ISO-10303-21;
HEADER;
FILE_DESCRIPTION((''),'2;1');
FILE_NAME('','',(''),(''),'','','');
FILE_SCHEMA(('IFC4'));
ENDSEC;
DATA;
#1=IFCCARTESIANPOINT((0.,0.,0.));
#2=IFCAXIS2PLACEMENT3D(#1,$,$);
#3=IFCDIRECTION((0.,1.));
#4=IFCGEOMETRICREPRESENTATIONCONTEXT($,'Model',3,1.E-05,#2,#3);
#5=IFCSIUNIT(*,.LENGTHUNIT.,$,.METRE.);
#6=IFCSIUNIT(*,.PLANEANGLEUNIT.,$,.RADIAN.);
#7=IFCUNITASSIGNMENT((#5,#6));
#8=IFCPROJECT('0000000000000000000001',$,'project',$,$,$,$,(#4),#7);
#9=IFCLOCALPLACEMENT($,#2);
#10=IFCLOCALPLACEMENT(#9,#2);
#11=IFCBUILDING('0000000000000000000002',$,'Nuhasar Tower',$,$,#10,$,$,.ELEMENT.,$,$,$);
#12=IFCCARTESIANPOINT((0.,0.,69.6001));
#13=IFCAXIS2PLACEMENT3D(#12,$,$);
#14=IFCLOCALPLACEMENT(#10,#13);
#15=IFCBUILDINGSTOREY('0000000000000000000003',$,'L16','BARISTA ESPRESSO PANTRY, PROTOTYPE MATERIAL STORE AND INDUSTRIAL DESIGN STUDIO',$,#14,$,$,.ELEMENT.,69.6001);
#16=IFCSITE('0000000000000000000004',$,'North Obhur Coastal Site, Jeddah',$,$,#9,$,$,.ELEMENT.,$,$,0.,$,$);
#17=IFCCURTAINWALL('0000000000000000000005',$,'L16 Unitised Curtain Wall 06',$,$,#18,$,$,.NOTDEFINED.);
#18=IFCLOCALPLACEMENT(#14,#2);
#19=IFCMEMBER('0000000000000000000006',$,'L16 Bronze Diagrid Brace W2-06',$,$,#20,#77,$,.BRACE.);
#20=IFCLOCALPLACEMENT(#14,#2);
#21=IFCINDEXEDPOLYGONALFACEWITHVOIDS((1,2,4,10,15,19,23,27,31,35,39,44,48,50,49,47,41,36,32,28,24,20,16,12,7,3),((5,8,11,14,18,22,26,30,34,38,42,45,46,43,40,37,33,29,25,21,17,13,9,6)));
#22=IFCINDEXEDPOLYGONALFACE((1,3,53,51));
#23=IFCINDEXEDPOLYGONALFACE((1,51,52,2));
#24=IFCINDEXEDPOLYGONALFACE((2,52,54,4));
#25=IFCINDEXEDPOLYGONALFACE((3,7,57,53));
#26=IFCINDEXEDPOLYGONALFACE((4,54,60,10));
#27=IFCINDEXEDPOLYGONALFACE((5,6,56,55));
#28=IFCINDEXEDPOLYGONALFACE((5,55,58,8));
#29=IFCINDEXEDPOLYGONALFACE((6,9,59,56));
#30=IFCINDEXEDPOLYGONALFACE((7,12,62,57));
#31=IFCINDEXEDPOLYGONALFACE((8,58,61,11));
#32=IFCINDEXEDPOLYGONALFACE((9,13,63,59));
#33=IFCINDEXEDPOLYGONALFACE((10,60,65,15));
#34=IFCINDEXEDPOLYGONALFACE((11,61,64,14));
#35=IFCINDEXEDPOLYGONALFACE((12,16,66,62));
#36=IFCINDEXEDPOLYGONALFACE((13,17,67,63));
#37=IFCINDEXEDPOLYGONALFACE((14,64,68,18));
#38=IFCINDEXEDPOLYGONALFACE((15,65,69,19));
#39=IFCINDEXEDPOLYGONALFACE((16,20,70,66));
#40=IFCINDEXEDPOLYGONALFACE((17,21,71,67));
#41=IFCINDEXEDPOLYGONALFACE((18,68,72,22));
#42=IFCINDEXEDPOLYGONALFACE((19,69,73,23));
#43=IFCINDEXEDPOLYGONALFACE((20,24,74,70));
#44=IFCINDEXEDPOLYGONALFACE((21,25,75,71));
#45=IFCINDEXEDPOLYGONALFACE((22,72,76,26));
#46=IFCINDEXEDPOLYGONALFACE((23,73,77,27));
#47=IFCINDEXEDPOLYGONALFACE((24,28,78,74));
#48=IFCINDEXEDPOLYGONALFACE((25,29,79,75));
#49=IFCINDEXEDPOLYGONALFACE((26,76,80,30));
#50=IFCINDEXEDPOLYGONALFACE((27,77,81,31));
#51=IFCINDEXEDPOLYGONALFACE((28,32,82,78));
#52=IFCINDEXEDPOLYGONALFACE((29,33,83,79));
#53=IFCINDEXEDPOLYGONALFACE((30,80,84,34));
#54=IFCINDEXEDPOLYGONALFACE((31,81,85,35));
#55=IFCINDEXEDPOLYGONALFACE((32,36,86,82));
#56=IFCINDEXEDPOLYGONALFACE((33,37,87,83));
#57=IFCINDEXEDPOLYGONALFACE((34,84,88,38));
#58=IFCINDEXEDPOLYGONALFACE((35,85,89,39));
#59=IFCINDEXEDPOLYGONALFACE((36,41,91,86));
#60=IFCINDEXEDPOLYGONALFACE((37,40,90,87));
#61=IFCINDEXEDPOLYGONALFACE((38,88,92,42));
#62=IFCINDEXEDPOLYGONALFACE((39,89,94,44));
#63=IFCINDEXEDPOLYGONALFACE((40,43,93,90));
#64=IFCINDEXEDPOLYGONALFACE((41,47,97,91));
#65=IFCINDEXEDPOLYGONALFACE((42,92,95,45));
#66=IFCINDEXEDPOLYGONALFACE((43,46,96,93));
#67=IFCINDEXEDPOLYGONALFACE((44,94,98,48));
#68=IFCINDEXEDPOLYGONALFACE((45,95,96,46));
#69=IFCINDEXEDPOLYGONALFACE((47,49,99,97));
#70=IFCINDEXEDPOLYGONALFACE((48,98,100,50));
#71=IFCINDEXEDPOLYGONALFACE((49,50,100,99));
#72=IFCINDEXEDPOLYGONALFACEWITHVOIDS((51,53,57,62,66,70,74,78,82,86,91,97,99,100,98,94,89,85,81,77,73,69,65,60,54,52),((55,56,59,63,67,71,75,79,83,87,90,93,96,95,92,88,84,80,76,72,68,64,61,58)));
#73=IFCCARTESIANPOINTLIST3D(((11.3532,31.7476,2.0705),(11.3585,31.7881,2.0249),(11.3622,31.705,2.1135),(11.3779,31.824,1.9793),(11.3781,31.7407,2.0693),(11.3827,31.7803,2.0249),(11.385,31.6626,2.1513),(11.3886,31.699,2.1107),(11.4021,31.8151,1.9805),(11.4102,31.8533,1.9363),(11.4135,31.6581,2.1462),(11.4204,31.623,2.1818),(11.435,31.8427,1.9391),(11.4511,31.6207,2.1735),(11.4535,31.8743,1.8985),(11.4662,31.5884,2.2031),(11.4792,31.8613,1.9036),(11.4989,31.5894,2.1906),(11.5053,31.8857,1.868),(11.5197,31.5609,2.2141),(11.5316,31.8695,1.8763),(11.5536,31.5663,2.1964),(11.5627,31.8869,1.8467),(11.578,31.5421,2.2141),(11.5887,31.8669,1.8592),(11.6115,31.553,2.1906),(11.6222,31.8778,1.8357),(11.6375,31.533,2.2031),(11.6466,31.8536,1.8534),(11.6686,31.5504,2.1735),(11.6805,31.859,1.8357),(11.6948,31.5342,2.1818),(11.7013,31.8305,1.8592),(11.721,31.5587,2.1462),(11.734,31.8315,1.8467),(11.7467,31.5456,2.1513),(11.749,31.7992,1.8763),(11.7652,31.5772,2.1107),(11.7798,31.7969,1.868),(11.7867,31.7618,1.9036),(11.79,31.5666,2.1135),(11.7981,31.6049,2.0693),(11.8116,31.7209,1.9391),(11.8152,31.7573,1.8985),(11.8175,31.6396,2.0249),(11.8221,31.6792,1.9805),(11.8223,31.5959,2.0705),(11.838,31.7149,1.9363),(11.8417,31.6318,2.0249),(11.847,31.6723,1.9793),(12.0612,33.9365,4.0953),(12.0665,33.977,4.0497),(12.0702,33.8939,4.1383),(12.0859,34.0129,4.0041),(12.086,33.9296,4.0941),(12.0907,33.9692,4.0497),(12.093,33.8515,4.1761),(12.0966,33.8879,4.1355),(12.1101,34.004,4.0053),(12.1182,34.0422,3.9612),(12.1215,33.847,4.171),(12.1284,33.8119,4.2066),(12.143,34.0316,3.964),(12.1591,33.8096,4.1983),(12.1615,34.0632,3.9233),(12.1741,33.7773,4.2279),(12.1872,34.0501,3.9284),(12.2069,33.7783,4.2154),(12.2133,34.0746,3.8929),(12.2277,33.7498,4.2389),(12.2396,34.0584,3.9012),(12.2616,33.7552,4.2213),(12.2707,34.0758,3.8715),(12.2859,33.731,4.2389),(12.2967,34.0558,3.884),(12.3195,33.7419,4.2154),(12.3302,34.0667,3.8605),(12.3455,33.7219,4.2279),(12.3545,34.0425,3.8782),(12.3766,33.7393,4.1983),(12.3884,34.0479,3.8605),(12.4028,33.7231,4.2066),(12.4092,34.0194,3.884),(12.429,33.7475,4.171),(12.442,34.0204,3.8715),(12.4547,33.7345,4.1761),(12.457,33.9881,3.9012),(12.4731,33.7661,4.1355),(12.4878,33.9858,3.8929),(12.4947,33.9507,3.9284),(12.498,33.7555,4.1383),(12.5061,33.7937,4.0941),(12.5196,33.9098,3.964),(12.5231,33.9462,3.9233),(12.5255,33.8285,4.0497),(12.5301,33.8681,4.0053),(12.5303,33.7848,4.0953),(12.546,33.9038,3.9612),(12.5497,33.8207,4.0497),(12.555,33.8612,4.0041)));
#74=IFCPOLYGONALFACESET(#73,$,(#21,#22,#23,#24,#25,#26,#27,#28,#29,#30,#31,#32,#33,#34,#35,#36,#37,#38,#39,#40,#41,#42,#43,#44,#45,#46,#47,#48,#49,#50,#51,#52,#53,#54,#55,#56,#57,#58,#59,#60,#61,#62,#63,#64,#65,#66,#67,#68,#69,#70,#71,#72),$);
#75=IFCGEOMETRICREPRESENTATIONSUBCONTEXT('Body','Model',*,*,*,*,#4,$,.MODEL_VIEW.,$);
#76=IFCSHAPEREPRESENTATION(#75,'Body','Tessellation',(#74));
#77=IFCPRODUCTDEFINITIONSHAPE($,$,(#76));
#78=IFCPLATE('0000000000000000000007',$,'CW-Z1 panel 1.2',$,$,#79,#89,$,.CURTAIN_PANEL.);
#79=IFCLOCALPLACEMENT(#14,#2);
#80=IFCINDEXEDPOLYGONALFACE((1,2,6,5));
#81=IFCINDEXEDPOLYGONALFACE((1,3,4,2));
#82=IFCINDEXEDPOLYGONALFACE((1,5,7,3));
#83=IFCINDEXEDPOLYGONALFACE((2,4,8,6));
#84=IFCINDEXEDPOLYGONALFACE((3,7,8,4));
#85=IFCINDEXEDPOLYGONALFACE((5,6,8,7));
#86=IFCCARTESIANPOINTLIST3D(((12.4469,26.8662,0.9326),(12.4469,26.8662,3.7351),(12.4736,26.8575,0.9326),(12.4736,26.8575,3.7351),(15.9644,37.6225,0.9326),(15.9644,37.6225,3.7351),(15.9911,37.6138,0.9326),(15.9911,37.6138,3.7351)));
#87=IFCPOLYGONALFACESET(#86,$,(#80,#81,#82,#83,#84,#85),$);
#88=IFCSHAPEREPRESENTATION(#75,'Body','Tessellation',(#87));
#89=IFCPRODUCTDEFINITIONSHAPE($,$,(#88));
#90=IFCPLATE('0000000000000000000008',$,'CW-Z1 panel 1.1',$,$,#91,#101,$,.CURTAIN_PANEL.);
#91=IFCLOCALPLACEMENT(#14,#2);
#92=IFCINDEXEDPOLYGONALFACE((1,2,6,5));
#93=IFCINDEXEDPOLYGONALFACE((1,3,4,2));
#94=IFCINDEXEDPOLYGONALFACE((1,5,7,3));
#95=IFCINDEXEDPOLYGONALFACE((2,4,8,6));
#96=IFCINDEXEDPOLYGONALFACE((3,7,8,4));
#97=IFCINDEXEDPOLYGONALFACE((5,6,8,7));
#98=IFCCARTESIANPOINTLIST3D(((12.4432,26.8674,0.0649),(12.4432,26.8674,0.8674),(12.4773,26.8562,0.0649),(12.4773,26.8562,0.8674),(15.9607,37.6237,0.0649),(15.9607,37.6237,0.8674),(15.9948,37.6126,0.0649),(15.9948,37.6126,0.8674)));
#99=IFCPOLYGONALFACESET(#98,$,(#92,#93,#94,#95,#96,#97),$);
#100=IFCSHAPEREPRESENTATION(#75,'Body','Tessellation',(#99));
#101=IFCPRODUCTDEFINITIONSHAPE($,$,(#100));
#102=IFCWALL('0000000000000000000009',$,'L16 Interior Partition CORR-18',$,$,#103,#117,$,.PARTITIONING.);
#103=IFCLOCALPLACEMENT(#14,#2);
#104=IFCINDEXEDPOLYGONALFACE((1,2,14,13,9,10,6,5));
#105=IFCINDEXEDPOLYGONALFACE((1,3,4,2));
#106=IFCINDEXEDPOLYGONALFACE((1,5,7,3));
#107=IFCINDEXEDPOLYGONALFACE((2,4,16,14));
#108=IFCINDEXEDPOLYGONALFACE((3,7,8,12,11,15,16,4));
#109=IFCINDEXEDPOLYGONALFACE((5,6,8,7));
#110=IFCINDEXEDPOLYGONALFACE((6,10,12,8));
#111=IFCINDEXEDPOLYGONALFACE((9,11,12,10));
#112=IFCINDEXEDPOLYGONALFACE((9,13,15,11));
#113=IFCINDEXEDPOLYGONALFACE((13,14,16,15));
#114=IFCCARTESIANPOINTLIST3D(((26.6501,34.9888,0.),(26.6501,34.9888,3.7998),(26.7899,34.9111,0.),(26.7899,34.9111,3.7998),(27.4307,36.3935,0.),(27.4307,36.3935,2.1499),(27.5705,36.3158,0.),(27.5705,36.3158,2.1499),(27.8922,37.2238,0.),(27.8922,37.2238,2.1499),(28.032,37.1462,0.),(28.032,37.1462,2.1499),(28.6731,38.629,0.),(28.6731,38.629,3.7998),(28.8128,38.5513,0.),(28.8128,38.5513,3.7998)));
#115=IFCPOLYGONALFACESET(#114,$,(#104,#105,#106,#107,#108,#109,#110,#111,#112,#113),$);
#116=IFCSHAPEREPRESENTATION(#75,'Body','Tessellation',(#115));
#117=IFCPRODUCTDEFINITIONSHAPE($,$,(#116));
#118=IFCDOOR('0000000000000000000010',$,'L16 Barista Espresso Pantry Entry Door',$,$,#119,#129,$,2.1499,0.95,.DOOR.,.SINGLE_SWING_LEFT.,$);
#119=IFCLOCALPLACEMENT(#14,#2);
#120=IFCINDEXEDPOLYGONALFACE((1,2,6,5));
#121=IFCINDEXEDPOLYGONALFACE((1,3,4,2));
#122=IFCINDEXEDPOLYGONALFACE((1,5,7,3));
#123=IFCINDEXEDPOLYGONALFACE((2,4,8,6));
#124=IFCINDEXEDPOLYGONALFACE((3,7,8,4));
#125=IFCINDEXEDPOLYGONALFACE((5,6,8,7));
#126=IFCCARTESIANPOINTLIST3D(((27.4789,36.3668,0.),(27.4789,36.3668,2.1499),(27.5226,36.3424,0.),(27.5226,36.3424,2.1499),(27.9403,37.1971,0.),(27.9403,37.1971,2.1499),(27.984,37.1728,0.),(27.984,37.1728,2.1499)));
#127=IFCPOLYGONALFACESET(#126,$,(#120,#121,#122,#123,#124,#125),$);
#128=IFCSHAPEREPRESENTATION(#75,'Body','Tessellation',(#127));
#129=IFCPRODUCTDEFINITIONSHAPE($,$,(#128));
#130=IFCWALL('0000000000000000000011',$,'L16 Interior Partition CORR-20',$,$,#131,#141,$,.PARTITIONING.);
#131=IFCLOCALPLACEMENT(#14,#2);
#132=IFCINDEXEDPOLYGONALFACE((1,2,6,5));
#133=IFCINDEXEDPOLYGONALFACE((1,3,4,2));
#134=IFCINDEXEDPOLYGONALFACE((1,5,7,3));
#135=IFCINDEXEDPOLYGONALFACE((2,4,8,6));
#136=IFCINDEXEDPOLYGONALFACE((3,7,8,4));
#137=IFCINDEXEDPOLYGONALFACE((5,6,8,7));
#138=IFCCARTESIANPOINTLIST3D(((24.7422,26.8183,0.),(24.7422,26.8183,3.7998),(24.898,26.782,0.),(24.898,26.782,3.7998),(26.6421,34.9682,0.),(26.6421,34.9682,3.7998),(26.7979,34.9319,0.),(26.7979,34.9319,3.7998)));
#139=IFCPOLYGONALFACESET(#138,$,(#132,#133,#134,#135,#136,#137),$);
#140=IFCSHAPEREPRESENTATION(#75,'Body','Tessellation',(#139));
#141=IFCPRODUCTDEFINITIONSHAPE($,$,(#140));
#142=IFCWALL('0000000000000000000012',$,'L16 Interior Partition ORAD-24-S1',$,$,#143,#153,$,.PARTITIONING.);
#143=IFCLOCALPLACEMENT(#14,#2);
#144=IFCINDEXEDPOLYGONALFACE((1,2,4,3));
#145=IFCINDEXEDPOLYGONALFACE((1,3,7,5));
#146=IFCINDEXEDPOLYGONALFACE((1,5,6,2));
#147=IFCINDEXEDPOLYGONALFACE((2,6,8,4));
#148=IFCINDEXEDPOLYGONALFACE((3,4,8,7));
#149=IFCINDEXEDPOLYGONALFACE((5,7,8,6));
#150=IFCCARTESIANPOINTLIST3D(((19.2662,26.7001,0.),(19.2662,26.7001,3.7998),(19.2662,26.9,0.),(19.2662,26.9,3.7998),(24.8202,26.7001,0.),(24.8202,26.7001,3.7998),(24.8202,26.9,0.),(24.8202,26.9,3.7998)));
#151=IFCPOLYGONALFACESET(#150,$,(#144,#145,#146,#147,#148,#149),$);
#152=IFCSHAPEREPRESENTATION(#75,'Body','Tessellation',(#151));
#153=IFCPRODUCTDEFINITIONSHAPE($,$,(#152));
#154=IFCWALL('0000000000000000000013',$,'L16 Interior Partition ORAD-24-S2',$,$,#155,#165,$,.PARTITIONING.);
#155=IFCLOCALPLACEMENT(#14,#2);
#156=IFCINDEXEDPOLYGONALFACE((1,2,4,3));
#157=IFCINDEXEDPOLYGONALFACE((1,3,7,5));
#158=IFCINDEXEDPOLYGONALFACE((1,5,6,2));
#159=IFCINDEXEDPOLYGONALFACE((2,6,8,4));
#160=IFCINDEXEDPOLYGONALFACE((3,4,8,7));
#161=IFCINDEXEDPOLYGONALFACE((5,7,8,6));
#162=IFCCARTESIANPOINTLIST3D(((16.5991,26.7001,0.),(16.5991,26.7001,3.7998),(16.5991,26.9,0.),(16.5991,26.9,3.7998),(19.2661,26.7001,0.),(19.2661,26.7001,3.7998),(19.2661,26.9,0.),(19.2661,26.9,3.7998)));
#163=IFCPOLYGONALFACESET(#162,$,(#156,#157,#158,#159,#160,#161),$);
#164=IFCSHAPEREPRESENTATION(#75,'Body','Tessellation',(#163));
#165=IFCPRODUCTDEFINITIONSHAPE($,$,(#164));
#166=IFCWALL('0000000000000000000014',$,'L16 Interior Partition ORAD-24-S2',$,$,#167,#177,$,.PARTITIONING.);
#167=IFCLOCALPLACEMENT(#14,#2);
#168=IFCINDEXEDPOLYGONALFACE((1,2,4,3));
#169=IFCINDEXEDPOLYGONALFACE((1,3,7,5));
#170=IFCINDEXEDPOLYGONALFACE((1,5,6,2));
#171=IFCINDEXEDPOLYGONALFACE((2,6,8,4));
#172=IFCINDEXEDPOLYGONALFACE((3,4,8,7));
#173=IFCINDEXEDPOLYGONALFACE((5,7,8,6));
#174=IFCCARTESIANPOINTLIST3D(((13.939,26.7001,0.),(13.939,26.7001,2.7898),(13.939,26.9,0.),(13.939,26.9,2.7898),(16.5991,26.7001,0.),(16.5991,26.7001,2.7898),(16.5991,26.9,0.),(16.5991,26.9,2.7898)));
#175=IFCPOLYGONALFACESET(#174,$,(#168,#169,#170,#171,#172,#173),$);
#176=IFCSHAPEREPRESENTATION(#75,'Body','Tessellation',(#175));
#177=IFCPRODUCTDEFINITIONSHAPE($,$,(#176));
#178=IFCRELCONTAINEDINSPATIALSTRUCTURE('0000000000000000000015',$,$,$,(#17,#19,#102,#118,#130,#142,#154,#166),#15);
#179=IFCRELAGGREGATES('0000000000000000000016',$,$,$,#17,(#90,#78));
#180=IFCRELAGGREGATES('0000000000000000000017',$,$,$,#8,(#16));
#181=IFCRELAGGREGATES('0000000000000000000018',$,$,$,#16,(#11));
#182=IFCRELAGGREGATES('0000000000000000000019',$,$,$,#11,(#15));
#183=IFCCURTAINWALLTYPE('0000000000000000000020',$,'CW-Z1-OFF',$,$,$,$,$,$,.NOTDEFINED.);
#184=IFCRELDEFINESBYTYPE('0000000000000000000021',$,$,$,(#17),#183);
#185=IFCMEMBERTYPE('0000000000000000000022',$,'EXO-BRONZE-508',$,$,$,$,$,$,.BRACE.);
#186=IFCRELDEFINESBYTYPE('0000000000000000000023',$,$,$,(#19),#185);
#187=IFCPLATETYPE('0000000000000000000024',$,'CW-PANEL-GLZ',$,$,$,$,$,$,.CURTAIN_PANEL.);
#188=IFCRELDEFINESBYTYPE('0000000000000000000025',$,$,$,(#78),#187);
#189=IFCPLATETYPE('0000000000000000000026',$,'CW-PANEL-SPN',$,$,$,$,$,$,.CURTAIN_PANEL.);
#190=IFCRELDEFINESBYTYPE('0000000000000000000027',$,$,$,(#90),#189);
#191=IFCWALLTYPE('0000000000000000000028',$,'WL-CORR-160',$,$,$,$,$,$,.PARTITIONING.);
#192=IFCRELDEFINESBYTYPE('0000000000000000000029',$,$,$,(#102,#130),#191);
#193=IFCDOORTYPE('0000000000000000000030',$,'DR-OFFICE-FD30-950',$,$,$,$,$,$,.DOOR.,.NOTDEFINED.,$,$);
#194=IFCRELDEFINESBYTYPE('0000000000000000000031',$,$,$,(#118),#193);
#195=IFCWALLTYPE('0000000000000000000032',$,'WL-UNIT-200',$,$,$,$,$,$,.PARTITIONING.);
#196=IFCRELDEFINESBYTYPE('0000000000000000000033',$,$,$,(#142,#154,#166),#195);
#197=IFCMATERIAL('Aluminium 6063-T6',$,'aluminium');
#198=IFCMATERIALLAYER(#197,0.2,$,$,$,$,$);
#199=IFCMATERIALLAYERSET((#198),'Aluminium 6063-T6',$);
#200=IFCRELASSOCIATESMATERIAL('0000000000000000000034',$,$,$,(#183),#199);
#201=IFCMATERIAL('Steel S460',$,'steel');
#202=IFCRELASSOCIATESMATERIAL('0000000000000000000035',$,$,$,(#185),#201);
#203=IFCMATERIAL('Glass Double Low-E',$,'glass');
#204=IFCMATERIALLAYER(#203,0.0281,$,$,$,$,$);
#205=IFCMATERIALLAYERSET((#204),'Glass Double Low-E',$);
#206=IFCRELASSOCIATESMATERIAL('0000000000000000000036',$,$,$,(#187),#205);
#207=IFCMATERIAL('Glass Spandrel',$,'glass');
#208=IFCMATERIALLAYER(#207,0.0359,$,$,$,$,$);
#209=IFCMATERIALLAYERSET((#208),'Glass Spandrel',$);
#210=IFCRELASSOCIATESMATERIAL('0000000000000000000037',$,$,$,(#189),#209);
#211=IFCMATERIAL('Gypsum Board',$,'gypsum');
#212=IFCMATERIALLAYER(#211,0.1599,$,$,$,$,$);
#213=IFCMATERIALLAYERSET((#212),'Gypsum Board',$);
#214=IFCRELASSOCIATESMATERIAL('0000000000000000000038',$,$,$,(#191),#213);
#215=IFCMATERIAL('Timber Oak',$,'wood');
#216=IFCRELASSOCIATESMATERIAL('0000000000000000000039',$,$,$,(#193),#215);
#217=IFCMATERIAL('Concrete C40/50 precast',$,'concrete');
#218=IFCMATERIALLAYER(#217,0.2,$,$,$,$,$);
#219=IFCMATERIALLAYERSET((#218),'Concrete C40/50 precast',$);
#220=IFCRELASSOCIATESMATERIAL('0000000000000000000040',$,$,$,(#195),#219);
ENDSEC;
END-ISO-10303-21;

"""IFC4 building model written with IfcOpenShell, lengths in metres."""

from ifc_helpers import new_model, si_unit, direction, frame, frame_2d, origin, origin_2d, place, context, subcontext, project, spatial, rectangle, hollow_circle, extrude, material, layer, layer_set, material_profile, profile_set, type_object, element, fill, aggregate, save


model = new_model("IFC4")

# Units and contexts
model_context = context("Model", 3, precision=1e-05, world=origin(), true_north=direction((0.0, 1.0)))
body_context = subcontext(model_context, "Body", "Model", "MODEL_VIEW")
ifc_project = project(units=[si_unit("LENGTHUNIT", "METRE"), si_unit("PLANEANGLEUNIT", "RADIAN")], contexts=[model_context])

# Site, building, storey
site_placement = place(None, origin())
site = spatial("IfcSite", under=ifc_project, at=site_placement, Name="North Obhur Coastal Site, Jeddah", CompositionType="ELEMENT", RefElevation=0.0)
building_placement = place(site_placement, origin())
building = spatial("IfcBuilding", under=site, at=building_placement, Name="Nuhasar Tower", CompositionType="ELEMENT")
storey_placement = place(building_placement, frame((0.0, 0.0, 69.6001)))
storey = spatial("IfcBuildingStorey", under=building, at=storey_placement, Name="L16", Description="BARISTA ESPRESSO PANTRY, PROTOTYPE MATERIAL STORE AND INDUSTRIAL DESIGN STUDIO", CompositionType="ELEMENT", Elevation=69.6001)

# Curtain wall
ifc_material_1 = material(Name="Aluminium 6063-T6", Category="aluminium")
ifc_layer_1 = layer(ifc_material_1, 0.2)
ifc_layer_set_1 = layer_set([ifc_layer_1], Name="Aluminium 6063-T6")
curtain_wall_type = type_object("IfcCurtainWallType", Name="CW-Z1-OFF", PredefinedType="NOTDEFINED", material=ifc_layer_set_1)
curtain_wall_1_placement = place(storey_placement, origin())
curtain_wall_1 = element("IfcCurtainWall", 1, at=curtain_wall_1_placement, inside=storey, type_object=curtain_wall_type, Name="L16 Unitised Curtain Wall 06", PredefinedType="NOTDEFINED")

# Member
ifc_material_2 = material(Name="Steel S460", Category="steel")
ifc_material_profile_1 = material_profile(ifc_material_2, hollow_circle(Radius=0.2539, WallThickness=0.0254, at=origin_2d()), Name="HSS508X25.4")
ifc_profile_set_1 = profile_set([ifc_material_profile_1], Name="Steel S460")
member_type_1 = type_object("IfcMemberType", Name="EXO-BRONZE-508", PredefinedType="BRACE", material=ifc_profile_set_1)
for number, where, z_axis, x_axis, name in (
    (2, (11.6001, 31.71, 2.0249), (0.231012, 0.714225, 0.660694), (-0.951468, 0.307747, 0.0), "L16 Bronze Diagrid Brace W2-06"),
):
    element("IfcMember", number, at=place(storey_placement, frame(where, z_axis=z_axis, x_axis=x_axis)), inside=storey, type_object=member_type_1, Name=name, PredefinedType="BRACE", context=body_context, shape_type="SweptSolid", body=[
        extrude(hollow_circle(Radius=0.2539, WallThickness=0.0254, at=origin_2d()), origin(), (0.0, 0.0, 1.0), 3.0647),
    ])

# Plates
ifc_material_3 = material(Name="Glass Double Low-E", Category="glass")
ifc_layer_2 = layer(ifc_material_3, 0.0281)
ifc_layer_set_2 = layer_set([ifc_layer_2], Name="Glass Double Low-E")
plate_type_1 = type_object("IfcPlateType", Name="CW-PANEL-GLZ", PredefinedType="CURTAIN_PANEL", material=ifc_layer_set_2)
plate_1_placement = place(storey_placement, frame((14.219, 32.24, 0.9326), z_axis=(0.0, 0.0, 1.0), x_axis=(-0.310824, -0.950468, 0.0)))
plate_1 = element("IfcPlate", 3, at=plate_1_placement, type_object=plate_type_1, Name="CW-Z1 panel 1.2", PredefinedType="CURTAIN_PANEL", context=body_context, shape_type="SweptSolid", body=[
    extrude(rectangle(XDim=11.3169, YDim=0.0281, at=origin_2d()), origin(), (0.0, 0.0, 1.0), 2.8025),
])
ifc_material_4 = material(Name="Glass Spandrel", Category="glass")
ifc_layer_3 = layer(ifc_material_4, 0.0359)
ifc_layer_set_3 = layer_set([ifc_layer_3], Name="Glass Spandrel")
plate_type_2 = type_object("IfcPlateType", Name="CW-PANEL-SPN", PredefinedType="CURTAIN_PANEL", material=ifc_layer_set_3)
plate_2_placement = place(storey_placement, frame((14.219, 32.24, 0.0649), z_axis=(0.0, 0.0, 1.0), x_axis=(-0.310824, -0.950468, 0.0)))
plate_2 = element("IfcPlate", 4, at=plate_2_placement, type_object=plate_type_2, Name="CW-Z1 panel 1.1", PredefinedType="CURTAIN_PANEL", context=body_context, shape_type="SweptSolid", body=[
    extrude(rectangle(XDim=11.3169, YDim=0.0359, at=origin_2d()), origin(), (0.0, 0.0, 1.0), 0.8025),
])
aggregate(curtain_wall_1, [plate_2, plate_1])

# Wall, opening, door
ifc_material_5 = material(Name="Gypsum Board", Category="gypsum")
ifc_layer_4 = layer(ifc_material_5, 0.1599)
ifc_layer_set_4 = layer_set([ifc_layer_4], Name="Gypsum Board")
wall_type_1 = type_object("IfcWallType", Name="WL-CORR-160", PredefinedType="PARTITIONING", material=ifc_layer_set_4)
wall_1_placement = place(storey_placement, frame((26.72, 34.95, 0.0), z_axis=(0.0, 0.0, 1.0), x_axis=(0.485762, 0.874091, 0.0)))
wall_1 = element("IfcWall", 5, at=wall_1_placement, inside=storey, type_object=wall_type_1, Name="L16 Interior Partition CORR-18", PredefinedType="PARTITIONING", context=body_context, shape_type="SweptSolid", body=[
    extrude(rectangle(XDim=4.1646, YDim=0.1599, at=frame_2d((2.0823, 0.0))), origin(), (0.0, 0.0, 1.0), 3.7998),
])
opening_placement = place(wall_1_placement, frame((1.6069, 0.0, 0.0)))
opening = element("IfcOpeningElement", 6, at=opening_placement, cuts=wall_1, PredefinedType="OPENING", context=body_context, shape_type="SweptSolid", body=[
    extrude(rectangle(XDim=0.95, YDim=2.1499, at=frame_2d((0.4751, 1.075))), frame((0.0, 0.0898, 0.0), z_axis=(0.0, -1.0, 0.0), x_axis=(1.0, 0.0, 0.0)), (0.0, 0.0, 1.0), 0.1799),
])
ifc_material_6 = material(Name="Timber Oak", Category="wood")
door_type = type_object("IfcDoorType", Name="DR-OFFICE-FD30-950", OperationType="NOTDEFINED", PredefinedType="DOOR", material=ifc_material_6)
door_placement = place(opening_placement, origin())
door = element("IfcDoor", 7, at=door_placement, inside=storey, type_object=door_type, Name="L16 Barista Espresso Pantry Entry Door", OperationType="SINGLE_SWING_LEFT", OverallHeight=2.1499, OverallWidth=0.95, PredefinedType="DOOR", context=body_context, shape_type="SweptSolid", body=[
    extrude(rectangle(XDim=0.95, YDim=2.1499, at=frame_2d((0.4751, 1.075))), frame((0.0, 0.0249, 0.0), z_axis=(0.0, -1.0, 0.0), x_axis=(1.0, 0.0, 0.0)), (0.0, 0.0, 1.0), 0.05),
])
fill(opening, door)

# Walls
wall_2_placement = place(storey_placement, frame((26.72, 34.95, 0.0), z_axis=(0.0, 0.0, 1.0), x_axis=(-0.227032, -0.973887, 0.0)))
element("IfcWall", 8, at=wall_2_placement, inside=storey, type_object=wall_type_1, Name="L16 Interior Partition CORR-20", PredefinedType="PARTITIONING", context=body_context, shape_type="SweptSolid", body=[
    extrude(rectangle(XDim=8.3684, YDim=0.1599, at=frame_2d((4.1841, 0.0))), origin(), (0.0, 0.0, 1.0), 3.7998),
])
ifc_material_7 = material(Name="Concrete C40/50 precast", Category="concrete")
ifc_layer_5 = layer(ifc_material_7, 0.2)
ifc_layer_set_5 = layer_set([ifc_layer_5], Name="Concrete C40/50 precast")
wall_type_2 = type_object("IfcWallType", Name="WL-UNIT-200", PredefinedType="PARTITIONING", material=ifc_layer_set_5)
wall_3_placement = place(storey_placement, frame((24.8201, 26.8, 0.0), z_axis=(0.0, 0.0, 1.0), x_axis=(-1.0, 0.0, 0.0)))
element("IfcWall", 9, at=wall_3_placement, inside=storey, type_object=wall_type_2, Name="L16 Interior Partition ORAD-24-S1", PredefinedType="PARTITIONING", context=body_context, shape_type="SweptSolid", body=[
    extrude(rectangle(XDim=5.554, YDim=0.2, at=frame_2d((2.7769, 0.0))), origin(), (0.0, 0.0, 1.0), 3.7998),
])
wall_4_placement = place(storey_placement, frame((19.2661, 26.8, 0.0), z_axis=(0.0, 0.0, 1.0), x_axis=(-1.0, 0.0, 0.0)))
element("IfcWall", 10, at=wall_4_placement, inside=storey, type_object=wall_type_2, Name="L16 Interior Partition ORAD-24-S2", PredefinedType="PARTITIONING", context=body_context, shape_type="SweptSolid", body=[
    extrude(rectangle(XDim=2.667, YDim=0.2, at=frame_2d((1.3335, 0.0))), origin(), (0.0, 0.0, 1.0), 3.7998),
])
wall_5_placement = place(storey_placement, frame((16.5991, 26.8, 0.0), z_axis=(0.0, 0.0, 1.0), x_axis=(-1.0, 0.0, 0.0)))
element("IfcWall", 11, at=wall_5_placement, inside=storey, type_object=wall_type_2, Name="L16 Interior Partition ORAD-24-S2", PredefinedType="PARTITIONING", context=body_context, shape_type="SweptSolid", body=[
    extrude(rectangle(XDim=2.6602, YDim=0.2, at=frame_2d((1.3301, 0.0))), origin(), (0.0, 0.0, 1.0), 2.7898),
])

save(model, "model.ifc")
